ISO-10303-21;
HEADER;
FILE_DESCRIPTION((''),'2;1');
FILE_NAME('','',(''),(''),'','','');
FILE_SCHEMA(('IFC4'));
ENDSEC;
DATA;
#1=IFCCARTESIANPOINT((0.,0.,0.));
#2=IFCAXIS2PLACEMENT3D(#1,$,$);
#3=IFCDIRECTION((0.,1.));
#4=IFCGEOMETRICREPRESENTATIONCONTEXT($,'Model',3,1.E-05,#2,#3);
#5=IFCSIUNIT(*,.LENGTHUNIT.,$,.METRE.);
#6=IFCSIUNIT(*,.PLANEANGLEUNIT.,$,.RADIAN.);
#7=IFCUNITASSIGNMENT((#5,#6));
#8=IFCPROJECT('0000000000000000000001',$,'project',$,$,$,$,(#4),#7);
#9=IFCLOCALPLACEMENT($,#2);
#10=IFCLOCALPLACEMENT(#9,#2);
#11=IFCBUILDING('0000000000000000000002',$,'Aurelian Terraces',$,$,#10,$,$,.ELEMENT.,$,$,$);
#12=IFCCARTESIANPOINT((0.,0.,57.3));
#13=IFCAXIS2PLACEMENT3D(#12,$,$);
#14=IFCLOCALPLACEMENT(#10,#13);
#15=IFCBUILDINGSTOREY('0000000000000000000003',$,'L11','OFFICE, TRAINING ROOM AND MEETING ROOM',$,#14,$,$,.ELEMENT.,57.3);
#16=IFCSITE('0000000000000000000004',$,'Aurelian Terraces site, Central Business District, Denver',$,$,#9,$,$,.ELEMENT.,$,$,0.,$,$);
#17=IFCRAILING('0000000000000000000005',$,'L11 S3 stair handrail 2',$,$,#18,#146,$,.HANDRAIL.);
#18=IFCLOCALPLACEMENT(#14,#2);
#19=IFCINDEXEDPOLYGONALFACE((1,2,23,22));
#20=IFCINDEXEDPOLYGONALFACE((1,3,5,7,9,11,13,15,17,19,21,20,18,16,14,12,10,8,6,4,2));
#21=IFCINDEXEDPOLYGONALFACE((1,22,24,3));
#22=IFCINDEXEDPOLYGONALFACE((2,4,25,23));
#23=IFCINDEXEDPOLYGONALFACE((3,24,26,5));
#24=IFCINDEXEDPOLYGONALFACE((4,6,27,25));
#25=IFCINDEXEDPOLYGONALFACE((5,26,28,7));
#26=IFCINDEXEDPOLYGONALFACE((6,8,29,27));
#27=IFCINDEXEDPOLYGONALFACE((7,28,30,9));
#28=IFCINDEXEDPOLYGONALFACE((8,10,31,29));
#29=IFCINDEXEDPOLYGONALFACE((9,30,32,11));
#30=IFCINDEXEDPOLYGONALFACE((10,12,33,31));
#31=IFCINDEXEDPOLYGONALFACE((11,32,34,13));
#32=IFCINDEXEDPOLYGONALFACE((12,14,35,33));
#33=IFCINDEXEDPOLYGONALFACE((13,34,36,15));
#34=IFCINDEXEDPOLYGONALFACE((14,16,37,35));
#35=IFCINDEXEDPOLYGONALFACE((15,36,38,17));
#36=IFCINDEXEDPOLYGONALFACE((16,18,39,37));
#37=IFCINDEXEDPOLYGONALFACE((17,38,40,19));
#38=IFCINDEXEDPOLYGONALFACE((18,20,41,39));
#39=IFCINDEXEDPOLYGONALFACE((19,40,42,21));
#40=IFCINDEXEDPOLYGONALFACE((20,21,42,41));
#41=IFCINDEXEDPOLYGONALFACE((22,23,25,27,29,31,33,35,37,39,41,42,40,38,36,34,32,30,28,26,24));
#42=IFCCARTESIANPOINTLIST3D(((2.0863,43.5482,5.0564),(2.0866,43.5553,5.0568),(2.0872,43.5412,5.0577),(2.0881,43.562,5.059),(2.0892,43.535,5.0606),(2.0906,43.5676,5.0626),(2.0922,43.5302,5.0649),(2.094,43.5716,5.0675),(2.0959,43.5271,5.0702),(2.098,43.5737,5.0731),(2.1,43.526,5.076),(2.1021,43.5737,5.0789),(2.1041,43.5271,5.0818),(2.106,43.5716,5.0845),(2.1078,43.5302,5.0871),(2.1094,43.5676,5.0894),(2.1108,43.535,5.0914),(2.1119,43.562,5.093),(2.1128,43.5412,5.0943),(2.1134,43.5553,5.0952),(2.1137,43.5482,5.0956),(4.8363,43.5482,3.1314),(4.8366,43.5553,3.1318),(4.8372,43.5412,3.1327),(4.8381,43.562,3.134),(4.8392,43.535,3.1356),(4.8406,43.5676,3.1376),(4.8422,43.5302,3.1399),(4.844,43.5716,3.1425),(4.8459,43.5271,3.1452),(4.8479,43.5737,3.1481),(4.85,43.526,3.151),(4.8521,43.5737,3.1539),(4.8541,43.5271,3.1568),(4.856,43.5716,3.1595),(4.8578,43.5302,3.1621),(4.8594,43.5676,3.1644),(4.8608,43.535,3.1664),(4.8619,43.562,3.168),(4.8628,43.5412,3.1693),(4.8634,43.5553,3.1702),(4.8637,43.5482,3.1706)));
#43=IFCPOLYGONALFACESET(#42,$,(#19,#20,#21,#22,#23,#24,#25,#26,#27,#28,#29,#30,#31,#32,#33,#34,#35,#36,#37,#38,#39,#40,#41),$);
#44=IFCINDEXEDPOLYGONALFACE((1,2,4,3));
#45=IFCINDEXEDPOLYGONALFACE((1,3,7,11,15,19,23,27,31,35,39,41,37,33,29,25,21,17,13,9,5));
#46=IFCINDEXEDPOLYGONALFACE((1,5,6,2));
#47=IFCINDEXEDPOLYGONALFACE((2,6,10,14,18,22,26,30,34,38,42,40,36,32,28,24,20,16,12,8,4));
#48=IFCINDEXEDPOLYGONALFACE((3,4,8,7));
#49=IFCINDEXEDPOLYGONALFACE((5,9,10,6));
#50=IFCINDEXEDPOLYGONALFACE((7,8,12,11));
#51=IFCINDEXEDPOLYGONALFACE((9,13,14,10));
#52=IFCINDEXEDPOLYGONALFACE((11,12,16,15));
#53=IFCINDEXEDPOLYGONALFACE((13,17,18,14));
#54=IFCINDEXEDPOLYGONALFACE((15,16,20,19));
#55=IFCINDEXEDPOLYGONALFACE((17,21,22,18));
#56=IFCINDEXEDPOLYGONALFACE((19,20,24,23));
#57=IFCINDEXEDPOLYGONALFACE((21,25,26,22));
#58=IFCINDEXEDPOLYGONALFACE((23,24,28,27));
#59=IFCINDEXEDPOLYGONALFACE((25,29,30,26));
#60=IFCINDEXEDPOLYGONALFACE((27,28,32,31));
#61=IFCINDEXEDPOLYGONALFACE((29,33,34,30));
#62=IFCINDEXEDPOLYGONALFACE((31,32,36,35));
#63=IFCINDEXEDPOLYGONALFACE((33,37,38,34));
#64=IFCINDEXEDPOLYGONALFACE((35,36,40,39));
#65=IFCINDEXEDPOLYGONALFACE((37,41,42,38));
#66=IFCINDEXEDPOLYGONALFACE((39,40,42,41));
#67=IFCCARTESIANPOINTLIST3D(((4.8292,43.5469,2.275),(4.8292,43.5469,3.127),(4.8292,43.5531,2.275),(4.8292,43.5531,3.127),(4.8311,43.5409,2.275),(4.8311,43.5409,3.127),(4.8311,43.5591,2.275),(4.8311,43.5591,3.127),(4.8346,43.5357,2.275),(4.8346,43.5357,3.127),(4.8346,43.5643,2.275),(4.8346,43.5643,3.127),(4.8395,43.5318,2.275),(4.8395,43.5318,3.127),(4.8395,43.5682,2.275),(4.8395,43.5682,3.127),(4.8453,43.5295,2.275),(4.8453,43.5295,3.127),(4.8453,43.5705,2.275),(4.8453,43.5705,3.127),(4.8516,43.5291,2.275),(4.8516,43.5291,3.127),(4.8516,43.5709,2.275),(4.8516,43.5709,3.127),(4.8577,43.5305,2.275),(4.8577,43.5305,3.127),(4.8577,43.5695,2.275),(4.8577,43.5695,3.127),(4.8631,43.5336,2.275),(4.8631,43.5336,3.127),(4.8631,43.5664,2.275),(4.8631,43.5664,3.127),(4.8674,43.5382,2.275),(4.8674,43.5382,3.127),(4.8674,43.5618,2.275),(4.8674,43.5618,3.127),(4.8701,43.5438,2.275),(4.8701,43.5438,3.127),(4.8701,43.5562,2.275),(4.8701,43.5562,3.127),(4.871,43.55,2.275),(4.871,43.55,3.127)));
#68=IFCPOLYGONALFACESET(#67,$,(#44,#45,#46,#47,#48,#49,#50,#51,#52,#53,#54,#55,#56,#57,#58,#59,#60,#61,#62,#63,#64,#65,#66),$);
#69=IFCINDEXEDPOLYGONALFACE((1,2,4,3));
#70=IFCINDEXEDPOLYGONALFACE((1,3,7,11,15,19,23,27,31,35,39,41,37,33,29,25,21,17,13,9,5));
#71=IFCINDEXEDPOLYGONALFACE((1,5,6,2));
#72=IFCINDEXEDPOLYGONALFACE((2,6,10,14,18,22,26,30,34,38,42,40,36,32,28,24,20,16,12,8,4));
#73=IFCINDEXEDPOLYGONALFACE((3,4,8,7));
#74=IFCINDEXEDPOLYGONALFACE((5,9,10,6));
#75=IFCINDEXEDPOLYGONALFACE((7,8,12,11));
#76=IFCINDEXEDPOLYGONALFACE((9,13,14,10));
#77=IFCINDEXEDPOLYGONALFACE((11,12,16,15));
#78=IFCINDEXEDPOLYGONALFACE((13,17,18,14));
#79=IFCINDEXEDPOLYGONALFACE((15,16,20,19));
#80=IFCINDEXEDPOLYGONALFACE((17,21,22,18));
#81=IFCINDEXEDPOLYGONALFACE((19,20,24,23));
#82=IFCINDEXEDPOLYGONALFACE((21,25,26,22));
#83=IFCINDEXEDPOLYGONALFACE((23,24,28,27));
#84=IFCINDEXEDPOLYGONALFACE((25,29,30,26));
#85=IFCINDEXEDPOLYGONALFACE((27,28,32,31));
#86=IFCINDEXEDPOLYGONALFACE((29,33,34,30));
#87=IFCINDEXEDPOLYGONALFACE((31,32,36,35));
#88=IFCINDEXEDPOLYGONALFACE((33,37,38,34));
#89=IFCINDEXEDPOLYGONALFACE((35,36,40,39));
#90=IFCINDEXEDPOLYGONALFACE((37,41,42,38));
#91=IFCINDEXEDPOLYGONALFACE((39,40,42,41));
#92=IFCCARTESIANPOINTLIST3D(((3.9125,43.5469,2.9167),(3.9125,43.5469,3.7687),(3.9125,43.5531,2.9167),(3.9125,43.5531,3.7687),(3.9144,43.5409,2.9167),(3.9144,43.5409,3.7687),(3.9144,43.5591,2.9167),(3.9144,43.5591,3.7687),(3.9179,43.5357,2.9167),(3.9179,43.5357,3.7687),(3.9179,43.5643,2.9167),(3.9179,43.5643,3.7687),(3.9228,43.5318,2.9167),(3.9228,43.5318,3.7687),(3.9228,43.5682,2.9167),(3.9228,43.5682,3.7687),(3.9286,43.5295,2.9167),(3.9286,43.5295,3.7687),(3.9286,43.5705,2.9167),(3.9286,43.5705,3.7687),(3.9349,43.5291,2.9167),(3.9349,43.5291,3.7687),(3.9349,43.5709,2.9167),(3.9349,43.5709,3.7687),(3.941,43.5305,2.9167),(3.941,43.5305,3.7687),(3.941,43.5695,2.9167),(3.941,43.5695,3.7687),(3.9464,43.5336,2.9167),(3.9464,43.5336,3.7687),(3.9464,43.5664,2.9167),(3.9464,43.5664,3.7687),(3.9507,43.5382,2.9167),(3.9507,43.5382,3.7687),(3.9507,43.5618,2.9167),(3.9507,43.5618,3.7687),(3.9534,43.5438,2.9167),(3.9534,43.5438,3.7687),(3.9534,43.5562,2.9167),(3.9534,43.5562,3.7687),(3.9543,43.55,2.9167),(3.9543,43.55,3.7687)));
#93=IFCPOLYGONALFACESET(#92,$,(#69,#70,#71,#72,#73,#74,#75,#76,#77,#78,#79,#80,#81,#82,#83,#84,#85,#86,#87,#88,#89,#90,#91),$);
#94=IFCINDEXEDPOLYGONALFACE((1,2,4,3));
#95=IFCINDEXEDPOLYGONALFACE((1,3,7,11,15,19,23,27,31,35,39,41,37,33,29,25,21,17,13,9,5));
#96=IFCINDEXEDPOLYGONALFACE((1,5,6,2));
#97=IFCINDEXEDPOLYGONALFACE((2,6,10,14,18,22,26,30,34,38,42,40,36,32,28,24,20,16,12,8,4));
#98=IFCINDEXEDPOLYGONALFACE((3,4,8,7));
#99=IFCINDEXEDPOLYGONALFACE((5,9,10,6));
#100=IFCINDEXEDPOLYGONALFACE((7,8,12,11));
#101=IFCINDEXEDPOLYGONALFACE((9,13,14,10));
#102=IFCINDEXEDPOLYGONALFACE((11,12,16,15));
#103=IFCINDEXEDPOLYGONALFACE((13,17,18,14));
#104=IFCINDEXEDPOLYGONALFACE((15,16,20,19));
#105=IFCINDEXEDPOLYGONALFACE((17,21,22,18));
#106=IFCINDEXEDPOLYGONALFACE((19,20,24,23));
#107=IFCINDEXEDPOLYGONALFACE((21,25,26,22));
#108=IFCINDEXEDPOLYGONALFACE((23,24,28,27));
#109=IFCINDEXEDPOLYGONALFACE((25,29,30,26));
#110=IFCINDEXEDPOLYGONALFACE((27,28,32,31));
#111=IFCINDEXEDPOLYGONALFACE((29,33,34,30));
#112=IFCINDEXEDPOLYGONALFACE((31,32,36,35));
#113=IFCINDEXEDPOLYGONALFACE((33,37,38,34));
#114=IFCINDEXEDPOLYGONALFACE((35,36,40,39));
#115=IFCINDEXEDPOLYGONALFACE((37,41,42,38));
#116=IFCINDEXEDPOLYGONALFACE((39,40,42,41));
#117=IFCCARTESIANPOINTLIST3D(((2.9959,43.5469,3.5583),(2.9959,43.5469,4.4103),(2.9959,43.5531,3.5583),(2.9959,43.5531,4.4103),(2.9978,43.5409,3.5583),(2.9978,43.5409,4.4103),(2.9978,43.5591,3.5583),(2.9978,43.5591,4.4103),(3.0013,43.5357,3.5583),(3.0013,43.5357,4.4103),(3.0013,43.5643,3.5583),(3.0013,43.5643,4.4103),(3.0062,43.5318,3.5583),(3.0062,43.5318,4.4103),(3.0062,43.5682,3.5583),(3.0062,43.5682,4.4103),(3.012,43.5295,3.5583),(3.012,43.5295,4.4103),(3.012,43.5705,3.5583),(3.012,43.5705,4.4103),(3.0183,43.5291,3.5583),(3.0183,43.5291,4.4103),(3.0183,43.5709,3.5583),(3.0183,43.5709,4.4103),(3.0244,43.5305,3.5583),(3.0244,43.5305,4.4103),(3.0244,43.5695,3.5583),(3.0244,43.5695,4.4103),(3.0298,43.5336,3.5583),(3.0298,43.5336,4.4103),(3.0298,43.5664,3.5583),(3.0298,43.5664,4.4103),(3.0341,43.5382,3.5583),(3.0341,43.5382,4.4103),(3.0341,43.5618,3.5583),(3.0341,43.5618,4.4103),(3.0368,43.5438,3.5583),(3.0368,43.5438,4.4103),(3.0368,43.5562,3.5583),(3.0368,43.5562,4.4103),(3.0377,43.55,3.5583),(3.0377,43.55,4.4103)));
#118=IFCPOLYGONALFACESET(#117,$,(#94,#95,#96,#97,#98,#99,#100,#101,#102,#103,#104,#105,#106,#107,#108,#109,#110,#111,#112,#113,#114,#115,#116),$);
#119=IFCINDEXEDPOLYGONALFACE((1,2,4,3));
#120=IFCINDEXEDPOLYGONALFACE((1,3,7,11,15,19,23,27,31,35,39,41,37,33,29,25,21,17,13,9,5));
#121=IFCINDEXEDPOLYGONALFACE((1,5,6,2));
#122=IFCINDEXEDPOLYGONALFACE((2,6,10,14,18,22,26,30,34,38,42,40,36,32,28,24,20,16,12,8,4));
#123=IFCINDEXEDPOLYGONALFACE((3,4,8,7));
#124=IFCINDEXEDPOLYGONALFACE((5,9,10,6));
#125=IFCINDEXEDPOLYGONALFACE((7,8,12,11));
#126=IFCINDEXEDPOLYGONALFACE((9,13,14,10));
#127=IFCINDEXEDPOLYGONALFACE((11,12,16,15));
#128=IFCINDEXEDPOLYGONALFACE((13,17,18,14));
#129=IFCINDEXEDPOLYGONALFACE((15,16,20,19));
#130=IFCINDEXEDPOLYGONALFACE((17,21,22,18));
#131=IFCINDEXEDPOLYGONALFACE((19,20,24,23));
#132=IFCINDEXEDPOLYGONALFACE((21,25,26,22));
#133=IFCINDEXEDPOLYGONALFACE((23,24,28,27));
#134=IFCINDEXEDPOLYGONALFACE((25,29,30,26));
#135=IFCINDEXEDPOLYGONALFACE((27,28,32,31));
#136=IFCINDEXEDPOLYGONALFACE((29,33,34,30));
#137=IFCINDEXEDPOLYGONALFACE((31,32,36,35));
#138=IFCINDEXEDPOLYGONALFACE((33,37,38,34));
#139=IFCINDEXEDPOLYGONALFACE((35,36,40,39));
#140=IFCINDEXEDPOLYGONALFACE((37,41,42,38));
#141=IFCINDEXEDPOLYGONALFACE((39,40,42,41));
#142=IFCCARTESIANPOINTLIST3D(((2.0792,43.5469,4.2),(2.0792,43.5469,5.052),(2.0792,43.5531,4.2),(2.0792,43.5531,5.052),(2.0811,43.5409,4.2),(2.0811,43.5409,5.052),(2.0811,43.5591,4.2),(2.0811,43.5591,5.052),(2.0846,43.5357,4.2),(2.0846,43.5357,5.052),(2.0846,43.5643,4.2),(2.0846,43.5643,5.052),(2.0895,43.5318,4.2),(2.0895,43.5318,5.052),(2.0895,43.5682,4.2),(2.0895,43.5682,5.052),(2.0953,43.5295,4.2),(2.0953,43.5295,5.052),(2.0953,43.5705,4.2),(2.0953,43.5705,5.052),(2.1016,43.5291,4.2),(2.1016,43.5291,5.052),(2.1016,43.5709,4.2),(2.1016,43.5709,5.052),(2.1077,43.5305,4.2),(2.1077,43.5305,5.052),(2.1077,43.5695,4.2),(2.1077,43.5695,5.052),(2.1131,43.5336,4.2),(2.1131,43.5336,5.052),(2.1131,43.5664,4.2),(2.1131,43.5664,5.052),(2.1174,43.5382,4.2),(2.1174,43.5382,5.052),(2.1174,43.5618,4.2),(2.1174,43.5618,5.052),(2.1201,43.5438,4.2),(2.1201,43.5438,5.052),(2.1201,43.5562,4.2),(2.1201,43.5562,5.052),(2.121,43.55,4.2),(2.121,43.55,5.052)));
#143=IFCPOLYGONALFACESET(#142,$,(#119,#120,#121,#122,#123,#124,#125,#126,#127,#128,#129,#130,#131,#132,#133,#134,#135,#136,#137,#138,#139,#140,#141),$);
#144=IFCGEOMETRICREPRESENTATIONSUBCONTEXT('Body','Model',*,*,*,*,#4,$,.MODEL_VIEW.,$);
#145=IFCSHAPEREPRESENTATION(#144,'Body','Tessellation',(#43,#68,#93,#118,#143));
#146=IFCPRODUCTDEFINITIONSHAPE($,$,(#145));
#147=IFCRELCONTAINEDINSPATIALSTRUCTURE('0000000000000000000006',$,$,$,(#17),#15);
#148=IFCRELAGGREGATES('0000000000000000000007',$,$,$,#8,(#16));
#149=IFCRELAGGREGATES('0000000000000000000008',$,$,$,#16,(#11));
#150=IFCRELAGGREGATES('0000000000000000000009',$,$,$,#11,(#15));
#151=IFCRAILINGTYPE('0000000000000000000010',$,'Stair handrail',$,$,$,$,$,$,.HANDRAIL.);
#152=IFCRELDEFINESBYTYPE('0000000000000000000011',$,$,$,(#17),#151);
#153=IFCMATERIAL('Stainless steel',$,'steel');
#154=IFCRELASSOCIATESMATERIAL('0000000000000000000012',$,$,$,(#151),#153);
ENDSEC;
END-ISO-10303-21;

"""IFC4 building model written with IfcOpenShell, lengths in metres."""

from ifc_helpers import new_model, si_unit, direction, frame, origin, origin_2d, place, context, subcontext, project, spatial, circle, extrude, source, transform, mapped, material, type_object, element, save


model = new_model("IFC4")

# Units and contexts
model_context = context("Model", 3, precision=1e-05, world=origin(), true_north=direction((0.0, 1.0)))
body_context = subcontext(model_context, "Body", "Model", "MODEL_VIEW")
ifc_project = project(units=[si_unit("LENGTHUNIT", "METRE"), si_unit("PLANEANGLEUNIT", "RADIAN")], contexts=[model_context])

# Site, building, storey
site_placement = place(None, origin())
site = spatial("IfcSite", under=ifc_project, at=site_placement, Name="Aurelian Terraces site, Central Business District, Denver", CompositionType="ELEMENT", RefElevation=0.0)
building_placement = place(site_placement, origin())
building = spatial("IfcBuilding", under=site, at=building_placement, Name="Aurelian Terraces", CompositionType="ELEMENT")
storey_placement = place(building_placement, frame((0.0, 0.0, 57.3)))
storey = spatial("IfcBuildingStorey", under=building, at=storey_placement, Name="L11", Description="OFFICE, TRAINING ROOM AND MEETING ROOM", CompositionType="ELEMENT", Elevation=57.3)

# Railing
ifc_material_1 = material(Name="Stainless steel", Category="steel")
railing_type = type_object("IfcRailingType", Name="Stair handrail", PredefinedType="HANDRAIL", material=ifc_material_1)
shared_shape_1 = source(origin(), body_context, "Body", "SweptSolid", [
    extrude(circle(Radius=0.024, at=origin_2d()), frame((0.0, 0.0, 0.876), z_axis=(-0.819232, 0.0, 0.573462), x_axis=(0.0, -1.0, 0.0)), (0.0, 0.0, 1.0), 3.3568),
    extrude(circle(Radius=0.021, at=origin_2d()), origin(), (0.0, 0.0, 1.0), 0.852),
    extrude(circle(Radius=0.021, at=origin_2d()), frame((-0.9167, 0.0, 0.6417)), (0.0, 0.0, 1.0), 0.852),
    extrude(circle(Radius=0.021, at=origin_2d()), frame((-1.8333, 0.0, 1.2833)), (0.0, 0.0, 1.0), 0.852),
    extrude(circle(Radius=0.021, at=origin_2d()), frame((-2.75, 0.0, 1.925)), (0.0, 0.0, 1.0), 0.852),
])
railing_placement = place(storey_placement, frame((4.85, 43.55, 2.275)))
element("IfcRailing", 1, at=railing_placement, inside=storey, type_object=railing_type, Name="L11 S3 stair handrail 2", PredefinedType="HANDRAIL", context=body_context, shape_type="MappedRepresentation", body=[
    mapped(shared_shape_1, transform((0.0, 0.0, 0.0), scale=1.0)),
])

save(model, "model.ifc")
